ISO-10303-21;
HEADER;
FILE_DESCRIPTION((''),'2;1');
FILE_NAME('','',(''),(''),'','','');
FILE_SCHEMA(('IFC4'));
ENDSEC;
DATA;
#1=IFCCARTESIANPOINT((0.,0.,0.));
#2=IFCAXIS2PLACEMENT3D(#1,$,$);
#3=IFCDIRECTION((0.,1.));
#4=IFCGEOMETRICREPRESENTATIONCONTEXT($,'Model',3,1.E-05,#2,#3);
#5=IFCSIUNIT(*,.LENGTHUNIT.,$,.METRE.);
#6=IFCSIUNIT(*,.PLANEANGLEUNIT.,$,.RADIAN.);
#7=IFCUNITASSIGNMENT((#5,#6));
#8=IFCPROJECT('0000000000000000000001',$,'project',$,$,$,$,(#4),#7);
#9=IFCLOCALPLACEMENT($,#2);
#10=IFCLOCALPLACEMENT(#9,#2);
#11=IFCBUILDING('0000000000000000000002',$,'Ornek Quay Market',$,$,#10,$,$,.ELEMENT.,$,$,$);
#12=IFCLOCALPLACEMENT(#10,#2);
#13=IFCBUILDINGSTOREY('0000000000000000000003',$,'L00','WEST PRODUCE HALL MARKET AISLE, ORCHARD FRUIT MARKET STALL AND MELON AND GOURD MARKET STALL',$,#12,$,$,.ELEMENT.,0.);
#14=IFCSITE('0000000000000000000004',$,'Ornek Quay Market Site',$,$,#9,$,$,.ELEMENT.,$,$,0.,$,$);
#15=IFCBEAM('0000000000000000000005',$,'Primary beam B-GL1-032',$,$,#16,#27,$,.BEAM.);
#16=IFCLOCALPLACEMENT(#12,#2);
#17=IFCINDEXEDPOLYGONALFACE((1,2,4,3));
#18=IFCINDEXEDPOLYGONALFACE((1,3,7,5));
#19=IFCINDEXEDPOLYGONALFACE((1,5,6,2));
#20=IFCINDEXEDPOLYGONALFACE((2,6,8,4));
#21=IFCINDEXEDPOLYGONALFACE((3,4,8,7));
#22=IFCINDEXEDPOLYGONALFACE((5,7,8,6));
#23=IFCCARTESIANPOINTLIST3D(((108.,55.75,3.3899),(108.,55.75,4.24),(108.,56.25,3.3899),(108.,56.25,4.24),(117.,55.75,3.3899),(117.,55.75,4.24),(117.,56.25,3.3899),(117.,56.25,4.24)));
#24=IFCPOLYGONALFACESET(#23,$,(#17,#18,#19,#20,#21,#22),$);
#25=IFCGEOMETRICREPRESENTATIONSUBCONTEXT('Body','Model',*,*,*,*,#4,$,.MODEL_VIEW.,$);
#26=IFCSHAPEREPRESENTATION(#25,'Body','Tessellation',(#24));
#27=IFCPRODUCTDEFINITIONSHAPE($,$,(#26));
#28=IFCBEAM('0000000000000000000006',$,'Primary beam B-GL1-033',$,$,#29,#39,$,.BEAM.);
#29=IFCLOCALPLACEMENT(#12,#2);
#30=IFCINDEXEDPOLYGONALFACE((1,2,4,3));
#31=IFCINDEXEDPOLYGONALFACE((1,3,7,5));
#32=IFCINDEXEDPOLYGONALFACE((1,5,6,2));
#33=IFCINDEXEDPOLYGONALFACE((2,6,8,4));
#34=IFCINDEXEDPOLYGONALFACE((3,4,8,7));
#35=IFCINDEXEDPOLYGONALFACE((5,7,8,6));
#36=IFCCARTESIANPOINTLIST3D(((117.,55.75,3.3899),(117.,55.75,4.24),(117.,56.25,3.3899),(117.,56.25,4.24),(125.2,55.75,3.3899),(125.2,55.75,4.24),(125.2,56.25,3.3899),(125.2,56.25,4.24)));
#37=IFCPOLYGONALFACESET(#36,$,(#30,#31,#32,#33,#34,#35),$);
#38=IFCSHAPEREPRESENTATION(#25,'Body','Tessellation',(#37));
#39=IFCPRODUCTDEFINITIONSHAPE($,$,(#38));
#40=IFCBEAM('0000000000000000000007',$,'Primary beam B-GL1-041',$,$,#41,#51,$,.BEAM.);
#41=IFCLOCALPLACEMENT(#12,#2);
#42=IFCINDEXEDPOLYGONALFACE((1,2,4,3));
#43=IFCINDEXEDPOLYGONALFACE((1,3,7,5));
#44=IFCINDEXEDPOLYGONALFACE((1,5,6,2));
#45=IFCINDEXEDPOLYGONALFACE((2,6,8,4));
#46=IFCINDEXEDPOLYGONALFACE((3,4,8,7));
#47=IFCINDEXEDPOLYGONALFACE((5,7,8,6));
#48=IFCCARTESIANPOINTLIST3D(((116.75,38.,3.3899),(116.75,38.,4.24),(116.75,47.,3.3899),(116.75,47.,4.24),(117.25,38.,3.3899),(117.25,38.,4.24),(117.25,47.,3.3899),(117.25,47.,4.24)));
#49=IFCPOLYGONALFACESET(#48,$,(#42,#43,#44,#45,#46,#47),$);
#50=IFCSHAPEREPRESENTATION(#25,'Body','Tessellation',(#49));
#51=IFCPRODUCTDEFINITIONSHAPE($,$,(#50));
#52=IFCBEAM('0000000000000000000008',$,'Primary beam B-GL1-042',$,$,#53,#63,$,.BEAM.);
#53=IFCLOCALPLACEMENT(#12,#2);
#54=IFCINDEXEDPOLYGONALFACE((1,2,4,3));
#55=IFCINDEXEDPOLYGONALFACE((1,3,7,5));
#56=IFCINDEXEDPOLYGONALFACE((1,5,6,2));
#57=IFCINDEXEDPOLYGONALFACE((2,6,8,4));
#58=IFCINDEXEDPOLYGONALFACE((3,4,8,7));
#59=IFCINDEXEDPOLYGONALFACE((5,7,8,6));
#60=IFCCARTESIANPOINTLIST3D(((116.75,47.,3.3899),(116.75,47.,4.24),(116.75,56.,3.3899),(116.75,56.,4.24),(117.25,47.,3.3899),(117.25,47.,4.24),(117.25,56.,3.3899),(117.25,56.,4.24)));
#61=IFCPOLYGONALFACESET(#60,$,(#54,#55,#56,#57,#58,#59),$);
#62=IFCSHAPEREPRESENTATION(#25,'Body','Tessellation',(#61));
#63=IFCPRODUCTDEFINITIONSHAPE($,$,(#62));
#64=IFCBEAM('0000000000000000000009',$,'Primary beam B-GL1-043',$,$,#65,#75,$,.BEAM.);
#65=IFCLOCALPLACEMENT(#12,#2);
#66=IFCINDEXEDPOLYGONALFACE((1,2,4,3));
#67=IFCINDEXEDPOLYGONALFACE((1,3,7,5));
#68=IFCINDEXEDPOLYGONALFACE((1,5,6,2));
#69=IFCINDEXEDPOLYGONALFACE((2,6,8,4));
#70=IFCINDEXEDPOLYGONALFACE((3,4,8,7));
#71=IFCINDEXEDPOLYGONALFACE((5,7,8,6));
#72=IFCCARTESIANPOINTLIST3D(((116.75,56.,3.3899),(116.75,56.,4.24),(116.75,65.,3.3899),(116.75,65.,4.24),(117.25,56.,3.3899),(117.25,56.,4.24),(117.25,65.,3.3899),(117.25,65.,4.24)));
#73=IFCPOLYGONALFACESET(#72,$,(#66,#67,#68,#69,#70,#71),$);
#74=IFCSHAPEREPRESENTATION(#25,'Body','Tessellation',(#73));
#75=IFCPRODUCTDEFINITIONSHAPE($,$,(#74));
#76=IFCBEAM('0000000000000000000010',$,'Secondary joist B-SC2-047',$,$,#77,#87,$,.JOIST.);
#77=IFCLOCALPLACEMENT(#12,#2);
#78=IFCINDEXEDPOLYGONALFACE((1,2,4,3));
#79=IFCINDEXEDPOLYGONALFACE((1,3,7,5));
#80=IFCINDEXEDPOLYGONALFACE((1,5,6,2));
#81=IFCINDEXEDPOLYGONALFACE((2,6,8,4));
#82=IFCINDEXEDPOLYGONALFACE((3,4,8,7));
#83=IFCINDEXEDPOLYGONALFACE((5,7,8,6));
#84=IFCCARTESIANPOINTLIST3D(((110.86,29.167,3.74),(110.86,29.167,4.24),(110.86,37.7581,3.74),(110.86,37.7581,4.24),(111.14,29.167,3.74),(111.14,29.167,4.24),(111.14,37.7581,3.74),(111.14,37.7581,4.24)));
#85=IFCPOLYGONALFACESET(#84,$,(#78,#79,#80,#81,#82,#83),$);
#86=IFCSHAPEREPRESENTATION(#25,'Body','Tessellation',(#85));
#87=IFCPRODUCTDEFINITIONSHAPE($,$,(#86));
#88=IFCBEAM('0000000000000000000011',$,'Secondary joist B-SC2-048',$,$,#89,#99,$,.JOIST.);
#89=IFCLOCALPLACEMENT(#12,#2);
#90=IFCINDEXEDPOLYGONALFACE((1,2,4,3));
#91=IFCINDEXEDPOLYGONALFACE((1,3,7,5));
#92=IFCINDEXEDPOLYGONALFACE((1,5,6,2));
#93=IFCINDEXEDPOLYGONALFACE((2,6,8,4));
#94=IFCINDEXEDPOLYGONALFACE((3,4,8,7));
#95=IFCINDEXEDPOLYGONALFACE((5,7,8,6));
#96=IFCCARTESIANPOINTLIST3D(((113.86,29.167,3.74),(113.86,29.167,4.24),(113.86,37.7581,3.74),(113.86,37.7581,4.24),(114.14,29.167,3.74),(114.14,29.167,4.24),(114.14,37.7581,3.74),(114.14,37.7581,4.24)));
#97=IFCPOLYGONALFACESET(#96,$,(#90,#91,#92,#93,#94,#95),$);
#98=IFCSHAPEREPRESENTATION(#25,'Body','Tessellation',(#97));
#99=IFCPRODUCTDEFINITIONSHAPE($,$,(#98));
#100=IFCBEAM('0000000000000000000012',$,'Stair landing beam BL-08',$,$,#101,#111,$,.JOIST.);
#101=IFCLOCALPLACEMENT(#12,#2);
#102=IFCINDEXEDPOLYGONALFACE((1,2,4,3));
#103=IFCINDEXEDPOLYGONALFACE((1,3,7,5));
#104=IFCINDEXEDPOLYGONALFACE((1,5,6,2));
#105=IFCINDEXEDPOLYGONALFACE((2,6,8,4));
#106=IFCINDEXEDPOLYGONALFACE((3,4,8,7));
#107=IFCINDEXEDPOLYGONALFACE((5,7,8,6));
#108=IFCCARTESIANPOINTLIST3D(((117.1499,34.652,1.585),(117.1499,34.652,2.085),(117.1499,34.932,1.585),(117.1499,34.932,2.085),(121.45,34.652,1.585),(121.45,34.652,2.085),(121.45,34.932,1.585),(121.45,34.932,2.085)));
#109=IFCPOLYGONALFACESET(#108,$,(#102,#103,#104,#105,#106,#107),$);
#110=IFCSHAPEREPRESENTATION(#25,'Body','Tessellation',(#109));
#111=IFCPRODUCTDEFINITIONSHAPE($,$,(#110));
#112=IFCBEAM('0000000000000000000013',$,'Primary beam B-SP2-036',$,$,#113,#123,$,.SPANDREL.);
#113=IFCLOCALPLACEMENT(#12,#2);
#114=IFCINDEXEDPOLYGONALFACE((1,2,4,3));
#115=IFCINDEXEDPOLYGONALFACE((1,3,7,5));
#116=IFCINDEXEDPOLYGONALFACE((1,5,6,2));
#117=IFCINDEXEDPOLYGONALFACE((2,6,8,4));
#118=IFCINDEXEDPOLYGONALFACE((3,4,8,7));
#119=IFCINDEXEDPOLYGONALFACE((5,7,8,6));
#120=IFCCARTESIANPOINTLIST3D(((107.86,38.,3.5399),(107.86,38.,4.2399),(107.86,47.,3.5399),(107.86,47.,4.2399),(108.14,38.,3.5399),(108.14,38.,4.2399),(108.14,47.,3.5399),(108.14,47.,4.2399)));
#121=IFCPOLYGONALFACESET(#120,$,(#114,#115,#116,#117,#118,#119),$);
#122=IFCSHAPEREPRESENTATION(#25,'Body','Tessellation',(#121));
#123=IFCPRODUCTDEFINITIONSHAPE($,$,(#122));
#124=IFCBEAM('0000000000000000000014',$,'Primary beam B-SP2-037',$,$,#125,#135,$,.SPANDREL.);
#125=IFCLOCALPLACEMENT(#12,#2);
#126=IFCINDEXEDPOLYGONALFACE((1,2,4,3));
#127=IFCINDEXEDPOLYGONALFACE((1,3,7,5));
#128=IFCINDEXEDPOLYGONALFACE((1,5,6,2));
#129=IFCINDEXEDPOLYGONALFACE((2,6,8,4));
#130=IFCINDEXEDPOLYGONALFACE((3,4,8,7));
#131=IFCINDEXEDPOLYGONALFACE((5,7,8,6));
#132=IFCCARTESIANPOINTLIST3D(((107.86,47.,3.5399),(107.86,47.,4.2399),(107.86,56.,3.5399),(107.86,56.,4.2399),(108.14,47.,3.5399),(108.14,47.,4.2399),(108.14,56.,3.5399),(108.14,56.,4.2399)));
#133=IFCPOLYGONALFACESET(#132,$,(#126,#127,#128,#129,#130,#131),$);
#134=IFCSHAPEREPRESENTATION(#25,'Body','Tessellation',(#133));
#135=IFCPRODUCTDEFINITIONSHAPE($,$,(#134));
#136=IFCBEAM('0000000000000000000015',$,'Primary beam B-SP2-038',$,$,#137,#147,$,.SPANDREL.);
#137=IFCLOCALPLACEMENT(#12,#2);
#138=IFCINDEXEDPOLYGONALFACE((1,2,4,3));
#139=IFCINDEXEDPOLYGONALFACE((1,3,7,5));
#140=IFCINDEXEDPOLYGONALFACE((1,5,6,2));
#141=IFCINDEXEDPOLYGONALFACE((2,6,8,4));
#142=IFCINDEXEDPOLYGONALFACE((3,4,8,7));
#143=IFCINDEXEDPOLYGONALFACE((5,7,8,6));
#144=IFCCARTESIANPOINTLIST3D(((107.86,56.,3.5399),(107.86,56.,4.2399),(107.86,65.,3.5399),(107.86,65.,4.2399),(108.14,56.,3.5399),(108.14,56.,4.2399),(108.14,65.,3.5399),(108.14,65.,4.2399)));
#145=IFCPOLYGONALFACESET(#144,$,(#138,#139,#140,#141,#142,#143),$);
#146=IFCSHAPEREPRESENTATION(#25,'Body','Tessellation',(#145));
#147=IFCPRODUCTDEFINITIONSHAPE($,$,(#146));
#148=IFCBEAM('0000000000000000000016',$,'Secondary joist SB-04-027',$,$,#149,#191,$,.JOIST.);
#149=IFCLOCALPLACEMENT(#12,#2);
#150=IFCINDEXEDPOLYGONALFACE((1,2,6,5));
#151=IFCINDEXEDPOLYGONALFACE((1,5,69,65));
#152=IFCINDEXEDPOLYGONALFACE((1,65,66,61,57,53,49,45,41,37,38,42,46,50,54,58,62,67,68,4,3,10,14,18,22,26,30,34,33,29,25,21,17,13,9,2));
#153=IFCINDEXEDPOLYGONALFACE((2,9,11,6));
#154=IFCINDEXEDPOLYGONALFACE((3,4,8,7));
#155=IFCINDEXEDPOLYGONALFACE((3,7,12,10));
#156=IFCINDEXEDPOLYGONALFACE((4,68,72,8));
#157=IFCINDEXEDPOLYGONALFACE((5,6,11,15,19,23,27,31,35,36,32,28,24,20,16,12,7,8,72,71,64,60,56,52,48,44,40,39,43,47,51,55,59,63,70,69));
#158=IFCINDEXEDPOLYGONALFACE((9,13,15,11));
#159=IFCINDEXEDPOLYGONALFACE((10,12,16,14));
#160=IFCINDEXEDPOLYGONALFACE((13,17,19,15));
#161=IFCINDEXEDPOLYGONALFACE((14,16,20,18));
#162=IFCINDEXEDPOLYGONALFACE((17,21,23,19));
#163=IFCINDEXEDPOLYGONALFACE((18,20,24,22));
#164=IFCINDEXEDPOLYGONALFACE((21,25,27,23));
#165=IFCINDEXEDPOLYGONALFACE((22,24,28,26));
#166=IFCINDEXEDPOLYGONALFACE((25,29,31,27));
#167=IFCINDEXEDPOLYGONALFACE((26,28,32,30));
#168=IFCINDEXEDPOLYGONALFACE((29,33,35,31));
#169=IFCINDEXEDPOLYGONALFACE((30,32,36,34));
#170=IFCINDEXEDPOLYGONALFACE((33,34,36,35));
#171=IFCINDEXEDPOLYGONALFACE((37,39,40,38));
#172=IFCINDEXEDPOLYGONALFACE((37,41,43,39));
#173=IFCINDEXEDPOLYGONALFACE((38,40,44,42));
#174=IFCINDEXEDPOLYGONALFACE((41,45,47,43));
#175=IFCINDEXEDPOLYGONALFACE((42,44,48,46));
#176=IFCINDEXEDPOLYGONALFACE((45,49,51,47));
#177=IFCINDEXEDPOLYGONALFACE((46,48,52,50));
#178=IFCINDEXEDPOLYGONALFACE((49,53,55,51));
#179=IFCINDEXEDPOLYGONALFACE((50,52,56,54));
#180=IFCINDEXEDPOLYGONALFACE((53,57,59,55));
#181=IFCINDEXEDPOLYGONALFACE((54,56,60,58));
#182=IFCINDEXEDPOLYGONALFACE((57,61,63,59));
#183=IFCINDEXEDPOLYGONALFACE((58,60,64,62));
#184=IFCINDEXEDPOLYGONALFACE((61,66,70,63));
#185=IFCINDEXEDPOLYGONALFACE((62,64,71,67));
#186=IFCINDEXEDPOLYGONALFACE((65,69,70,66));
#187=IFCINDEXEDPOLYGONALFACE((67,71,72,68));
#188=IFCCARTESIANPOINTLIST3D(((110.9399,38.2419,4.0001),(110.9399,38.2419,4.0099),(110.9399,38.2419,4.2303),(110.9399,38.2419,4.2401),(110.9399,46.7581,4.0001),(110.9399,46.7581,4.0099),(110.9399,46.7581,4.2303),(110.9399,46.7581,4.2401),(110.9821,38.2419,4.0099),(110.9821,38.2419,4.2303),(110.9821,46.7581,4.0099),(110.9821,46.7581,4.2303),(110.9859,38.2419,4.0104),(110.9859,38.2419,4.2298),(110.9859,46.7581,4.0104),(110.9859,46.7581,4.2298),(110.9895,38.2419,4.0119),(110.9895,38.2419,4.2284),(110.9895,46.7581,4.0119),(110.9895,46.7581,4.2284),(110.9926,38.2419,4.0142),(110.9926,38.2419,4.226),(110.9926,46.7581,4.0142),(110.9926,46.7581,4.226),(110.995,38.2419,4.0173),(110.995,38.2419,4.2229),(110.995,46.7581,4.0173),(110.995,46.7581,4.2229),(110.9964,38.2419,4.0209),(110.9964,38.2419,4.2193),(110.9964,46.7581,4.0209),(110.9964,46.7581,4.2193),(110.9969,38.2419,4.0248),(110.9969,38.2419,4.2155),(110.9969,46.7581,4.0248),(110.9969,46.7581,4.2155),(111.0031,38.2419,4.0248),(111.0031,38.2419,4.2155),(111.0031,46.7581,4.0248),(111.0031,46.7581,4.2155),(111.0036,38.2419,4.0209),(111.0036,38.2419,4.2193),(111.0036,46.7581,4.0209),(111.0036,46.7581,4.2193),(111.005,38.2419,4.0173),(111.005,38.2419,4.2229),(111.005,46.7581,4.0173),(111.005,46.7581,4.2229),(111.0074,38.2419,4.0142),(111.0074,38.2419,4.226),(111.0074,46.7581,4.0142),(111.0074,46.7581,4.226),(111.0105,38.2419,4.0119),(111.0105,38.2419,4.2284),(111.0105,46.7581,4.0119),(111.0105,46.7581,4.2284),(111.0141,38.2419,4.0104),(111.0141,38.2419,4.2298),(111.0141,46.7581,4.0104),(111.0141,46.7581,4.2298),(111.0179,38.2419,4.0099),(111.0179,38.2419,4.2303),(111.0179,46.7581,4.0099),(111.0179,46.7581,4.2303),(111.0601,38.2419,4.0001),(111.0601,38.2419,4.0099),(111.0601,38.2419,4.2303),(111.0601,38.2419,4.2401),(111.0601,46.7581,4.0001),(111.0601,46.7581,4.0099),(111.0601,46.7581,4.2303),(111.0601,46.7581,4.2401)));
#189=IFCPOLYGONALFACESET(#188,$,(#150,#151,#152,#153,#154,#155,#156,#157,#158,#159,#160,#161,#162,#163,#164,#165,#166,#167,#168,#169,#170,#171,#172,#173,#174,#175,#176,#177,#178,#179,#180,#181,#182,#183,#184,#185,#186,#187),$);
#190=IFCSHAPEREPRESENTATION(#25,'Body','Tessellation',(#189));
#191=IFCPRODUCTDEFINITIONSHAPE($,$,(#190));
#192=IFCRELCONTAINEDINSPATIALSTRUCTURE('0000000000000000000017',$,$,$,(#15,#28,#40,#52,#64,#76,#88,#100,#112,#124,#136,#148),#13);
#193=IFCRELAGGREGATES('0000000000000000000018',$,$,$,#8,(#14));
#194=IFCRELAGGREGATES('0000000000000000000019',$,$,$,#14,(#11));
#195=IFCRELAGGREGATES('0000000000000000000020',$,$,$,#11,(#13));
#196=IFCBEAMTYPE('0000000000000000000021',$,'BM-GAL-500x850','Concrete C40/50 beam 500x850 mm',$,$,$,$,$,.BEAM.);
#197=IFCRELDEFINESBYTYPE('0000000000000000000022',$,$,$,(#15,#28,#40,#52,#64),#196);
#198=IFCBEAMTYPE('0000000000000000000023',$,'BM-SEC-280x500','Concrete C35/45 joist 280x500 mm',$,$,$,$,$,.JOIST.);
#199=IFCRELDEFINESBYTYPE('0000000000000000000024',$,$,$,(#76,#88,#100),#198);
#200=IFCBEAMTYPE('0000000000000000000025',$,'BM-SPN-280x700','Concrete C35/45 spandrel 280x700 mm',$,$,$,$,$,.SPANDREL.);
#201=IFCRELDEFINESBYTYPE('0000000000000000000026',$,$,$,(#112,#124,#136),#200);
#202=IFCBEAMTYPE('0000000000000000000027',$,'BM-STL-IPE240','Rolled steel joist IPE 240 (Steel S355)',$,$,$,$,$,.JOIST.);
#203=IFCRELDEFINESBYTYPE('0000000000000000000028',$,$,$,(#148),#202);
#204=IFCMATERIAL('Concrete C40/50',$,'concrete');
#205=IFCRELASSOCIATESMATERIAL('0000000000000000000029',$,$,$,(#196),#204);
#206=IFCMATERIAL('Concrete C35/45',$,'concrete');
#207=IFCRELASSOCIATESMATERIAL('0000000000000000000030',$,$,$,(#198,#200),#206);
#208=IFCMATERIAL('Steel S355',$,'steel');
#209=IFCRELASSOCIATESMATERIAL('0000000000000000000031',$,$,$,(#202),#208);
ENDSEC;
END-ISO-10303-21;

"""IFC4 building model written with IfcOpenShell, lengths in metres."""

from ifc_helpers import new_model, si_unit, direction, frame, origin, origin_2d, place, context, subcontext, project, spatial, rectangle, i_section, extrude, material, material_profile, profile_set, type_object, element, save


model = new_model("IFC4")

# Units and contexts
model_context = context("Model", 3, precision=1e-05, world=origin(), true_north=direction((0.0, 1.0)))
body_context = subcontext(model_context, "Body", "Model", "MODEL_VIEW")
ifc_project = project(units=[si_unit("LENGTHUNIT", "METRE"), si_unit("PLANEANGLEUNIT", "RADIAN")], contexts=[model_context])

# Site, building, storey
site_placement = place(None, origin())
site = spatial("IfcSite", under=ifc_project, at=site_placement, Name="Ornek Quay Market Site", CompositionType="ELEMENT", RefElevation=0.0)
building_placement = place(site_placement, origin())
building = spatial("IfcBuilding", under=site, at=building_placement, Name="Ornek Quay Market", CompositionType="ELEMENT")
storey_placement = place(building_placement, origin())
storey = spatial("IfcBuildingStorey", under=building, at=storey_placement, Name="L00", Description="WEST PRODUCE HALL MARKET AISLE, ORCHARD FRUIT MARKET STALL AND MELON AND GOURD MARKET STALL", CompositionType="ELEMENT", Elevation=0.0)

# Shared definitions
ifc_material_1 = material(Name="Concrete C40/50", Category="concrete")

# Beams
ifc_material_profile_1 = material_profile(ifc_material_1, rectangle(XDim=0.5, YDim=0.8501, at=origin_2d()), Name="RC 500x850", Category="concrete")
ifc_profile_set_1 = profile_set([ifc_material_profile_1], Name="Concrete C40/50")
beam_type_1 = type_object("IfcBeamType", Name="BM-GAL-500x850", Description="Concrete C40/50 beam 500x850 mm", PredefinedType="BEAM", material=ifc_profile_set_1)
beam_1_placement = place(storey_placement, frame((108.0, 56.0, 3.8149), z_axis=(1.0, 0.0, 0.0), x_axis=(0.0, 1.0, 0.0)))
element("IfcBeam", 1, at=beam_1_placement, inside=storey, type_object=beam_type_1, Name="Primary beam B-GL1-032", PredefinedType="BEAM", context=body_context, shape_type="SweptSolid", body=[
    extrude(rectangle(XDim=0.5, YDim=0.8501, at=origin_2d()), origin(), (0.0, 0.0, 1.0), 9.0),
])
beam_2_placement = place(storey_placement, frame((117.0, 56.0, 3.8149), z_axis=(1.0, 0.0, 0.0), x_axis=(0.0, 1.0, 0.0)))
element("IfcBeam", 2, at=beam_2_placement, inside=storey, type_object=beam_type_1, Name="Primary beam B-GL1-033", PredefinedType="BEAM", context=body_context, shape_type="SweptSolid", body=[
    extrude(rectangle(XDim=0.5, YDim=0.8501, at=origin_2d()), origin(), (0.0, 0.0, 1.0), 8.2),
])
for number, where, z_axis, x_axis, name in (
    (3, (117.0, 38.0, 3.8149), (0.0, 1.0, 0.0), (-1.0, 0.0, 0.0), "Primary beam B-GL1-041"),
    (4, (117.0, 47.0, 3.8149), (0.0, 1.0, 0.0), (-1.0, 0.0, 0.0), "Primary beam B-GL1-042"),
    (5, (117.0, 56.0, 3.8149), (0.0, 1.0, 0.0), (-1.0, 0.0, 0.0), "Primary beam B-GL1-043"),
):
    element("IfcBeam", number, at=place(storey_placement, frame(where, z_axis=z_axis, x_axis=x_axis)), inside=storey, type_object=beam_type_1, Name=name, PredefinedType="BEAM", context=body_context, shape_type="SweptSolid", body=[
        extrude(rectangle(XDim=0.5, YDim=0.8501, at=origin_2d()), origin(), (0.0, 0.0, 1.0), 9.0),
    ])
ifc_material_2 = material(Name="Concrete C35/45", Category="concrete")
ifc_material_profile_2 = material_profile(ifc_material_2, rectangle(XDim=0.28, YDim=0.5, at=origin_2d()), Name="RC 280x500", Category="concrete")
ifc_profile_set_2 = profile_set([ifc_material_profile_2], Name="Concrete C35/45")
beam_type_2 = type_object("IfcBeamType", Name="BM-SEC-280x500", Description="Concrete C35/45 joist 280x500 mm", PredefinedType="JOIST", material=ifc_profile_set_2)
for number, where, z_axis, x_axis, name in (
    (6, (111.0, 29.167, 3.99), (0.0, 1.0, 0.0), (-1.0, 0.0, 0.0), "Secondary joist B-SC2-047"),
    (7, (114.0, 29.167, 3.99), (0.0, 1.0, 0.0), (-1.0, 0.0, 0.0), "Secondary joist B-SC2-048"),
):
    element("IfcBeam", number, at=place(storey_placement, frame(where, z_axis=z_axis, x_axis=x_axis)), inside=storey, type_object=beam_type_2, Name=name, PredefinedType="JOIST", context=body_context, shape_type="SweptSolid", body=[
        extrude(rectangle(XDim=0.28, YDim=0.5, at=origin_2d()), origin(), (0.0, 0.0, 1.0), 8.5911),
    ])
beam_3_placement = place(storey_placement, frame((117.1499, 34.792, 1.835), z_axis=(1.0, 0.0, 0.0), x_axis=(0.0, 1.0, 0.0)))
element("IfcBeam", 8, at=beam_3_placement, inside=storey, type_object=beam_type_2, Name="Stair landing beam BL-08", PredefinedType="JOIST", context=body_context, shape_type="SweptSolid", body=[
    extrude(rectangle(XDim=0.28, YDim=0.5, at=origin_2d()), origin(), (0.0, 0.0, 1.0), 4.3),
])
ifc_material_profile_3 = material_profile(ifc_material_2, rectangle(XDim=0.28, YDim=0.7, at=origin_2d()), Name="RC 280x700", Category="concrete")
ifc_profile_set_3 = profile_set([ifc_material_profile_3], Name="Concrete C35/45")
beam_type_3 = type_object("IfcBeamType", Name="BM-SPN-280x700", Description="Concrete C35/45 spandrel 280x700 mm", PredefinedType="SPANDREL", material=ifc_profile_set_3)
for number, where, z_axis, x_axis, name in (
    (9, (108.0, 38.0, 3.8899), (0.0, 1.0, 0.0), (-1.0, 0.0, 0.0), "Primary beam B-SP2-036"),
    (10, (108.0, 47.0, 3.8899), (0.0, 1.0, 0.0), (-1.0, 0.0, 0.0), "Primary beam B-SP2-037"),
    (11, (108.0, 56.0, 3.8899), (0.0, 1.0, 0.0), (-1.0, 0.0, 0.0), "Primary beam B-SP2-038"),
):
    element("IfcBeam", number, at=place(storey_placement, frame(where, z_axis=z_axis, x_axis=x_axis)), inside=storey, type_object=beam_type_3, Name=name, PredefinedType="SPANDREL", context=body_context, shape_type="SweptSolid", body=[
        extrude(rectangle(XDim=0.28, YDim=0.7, at=origin_2d()), origin(), (0.0, 0.0, 1.0), 9.0),
    ])
ifc_material_3 = material(Name="Steel S355", Category="steel")
ifc_material_profile_4 = material_profile(ifc_material_3, i_section(OverallWidth=0.1201, OverallDepth=0.24, WebThickness=0.0061, FlangeThickness=0.0098, FilletRadius=0.0149, at=origin_2d()), Name="IPE 240", Category="steel")
ifc_profile_set_4 = profile_set([ifc_material_profile_4], Name="Steel S355")
beam_type_4 = type_object("IfcBeamType", Name="BM-STL-IPE240", Description="Rolled steel joist IPE 240 (Steel S355)", PredefinedType="JOIST", material=ifc_profile_set_4)
for number, where, z_axis, x_axis, name in (
    (12, (111.0, 38.2419, 4.1201), (0.0, 1.0, 0.0), (-1.0, 0.0, 0.0), "Secondary joist SB-04-027"),
):
    element("IfcBeam", number, at=place(storey_placement, frame(where, z_axis=z_axis, x_axis=x_axis)), inside=storey, type_object=beam_type_4, Name=name, PredefinedType="JOIST", context=body_context, shape_type="SweptSolid", body=[
        extrude(i_section(OverallWidth=0.1201, OverallDepth=0.24, WebThickness=0.0061, FlangeThickness=0.0098, FilletRadius=0.0149, at=origin_2d()), origin(), (0.0, 0.0, 1.0), 8.5161),
    ])

save(model, "model.ifc")
